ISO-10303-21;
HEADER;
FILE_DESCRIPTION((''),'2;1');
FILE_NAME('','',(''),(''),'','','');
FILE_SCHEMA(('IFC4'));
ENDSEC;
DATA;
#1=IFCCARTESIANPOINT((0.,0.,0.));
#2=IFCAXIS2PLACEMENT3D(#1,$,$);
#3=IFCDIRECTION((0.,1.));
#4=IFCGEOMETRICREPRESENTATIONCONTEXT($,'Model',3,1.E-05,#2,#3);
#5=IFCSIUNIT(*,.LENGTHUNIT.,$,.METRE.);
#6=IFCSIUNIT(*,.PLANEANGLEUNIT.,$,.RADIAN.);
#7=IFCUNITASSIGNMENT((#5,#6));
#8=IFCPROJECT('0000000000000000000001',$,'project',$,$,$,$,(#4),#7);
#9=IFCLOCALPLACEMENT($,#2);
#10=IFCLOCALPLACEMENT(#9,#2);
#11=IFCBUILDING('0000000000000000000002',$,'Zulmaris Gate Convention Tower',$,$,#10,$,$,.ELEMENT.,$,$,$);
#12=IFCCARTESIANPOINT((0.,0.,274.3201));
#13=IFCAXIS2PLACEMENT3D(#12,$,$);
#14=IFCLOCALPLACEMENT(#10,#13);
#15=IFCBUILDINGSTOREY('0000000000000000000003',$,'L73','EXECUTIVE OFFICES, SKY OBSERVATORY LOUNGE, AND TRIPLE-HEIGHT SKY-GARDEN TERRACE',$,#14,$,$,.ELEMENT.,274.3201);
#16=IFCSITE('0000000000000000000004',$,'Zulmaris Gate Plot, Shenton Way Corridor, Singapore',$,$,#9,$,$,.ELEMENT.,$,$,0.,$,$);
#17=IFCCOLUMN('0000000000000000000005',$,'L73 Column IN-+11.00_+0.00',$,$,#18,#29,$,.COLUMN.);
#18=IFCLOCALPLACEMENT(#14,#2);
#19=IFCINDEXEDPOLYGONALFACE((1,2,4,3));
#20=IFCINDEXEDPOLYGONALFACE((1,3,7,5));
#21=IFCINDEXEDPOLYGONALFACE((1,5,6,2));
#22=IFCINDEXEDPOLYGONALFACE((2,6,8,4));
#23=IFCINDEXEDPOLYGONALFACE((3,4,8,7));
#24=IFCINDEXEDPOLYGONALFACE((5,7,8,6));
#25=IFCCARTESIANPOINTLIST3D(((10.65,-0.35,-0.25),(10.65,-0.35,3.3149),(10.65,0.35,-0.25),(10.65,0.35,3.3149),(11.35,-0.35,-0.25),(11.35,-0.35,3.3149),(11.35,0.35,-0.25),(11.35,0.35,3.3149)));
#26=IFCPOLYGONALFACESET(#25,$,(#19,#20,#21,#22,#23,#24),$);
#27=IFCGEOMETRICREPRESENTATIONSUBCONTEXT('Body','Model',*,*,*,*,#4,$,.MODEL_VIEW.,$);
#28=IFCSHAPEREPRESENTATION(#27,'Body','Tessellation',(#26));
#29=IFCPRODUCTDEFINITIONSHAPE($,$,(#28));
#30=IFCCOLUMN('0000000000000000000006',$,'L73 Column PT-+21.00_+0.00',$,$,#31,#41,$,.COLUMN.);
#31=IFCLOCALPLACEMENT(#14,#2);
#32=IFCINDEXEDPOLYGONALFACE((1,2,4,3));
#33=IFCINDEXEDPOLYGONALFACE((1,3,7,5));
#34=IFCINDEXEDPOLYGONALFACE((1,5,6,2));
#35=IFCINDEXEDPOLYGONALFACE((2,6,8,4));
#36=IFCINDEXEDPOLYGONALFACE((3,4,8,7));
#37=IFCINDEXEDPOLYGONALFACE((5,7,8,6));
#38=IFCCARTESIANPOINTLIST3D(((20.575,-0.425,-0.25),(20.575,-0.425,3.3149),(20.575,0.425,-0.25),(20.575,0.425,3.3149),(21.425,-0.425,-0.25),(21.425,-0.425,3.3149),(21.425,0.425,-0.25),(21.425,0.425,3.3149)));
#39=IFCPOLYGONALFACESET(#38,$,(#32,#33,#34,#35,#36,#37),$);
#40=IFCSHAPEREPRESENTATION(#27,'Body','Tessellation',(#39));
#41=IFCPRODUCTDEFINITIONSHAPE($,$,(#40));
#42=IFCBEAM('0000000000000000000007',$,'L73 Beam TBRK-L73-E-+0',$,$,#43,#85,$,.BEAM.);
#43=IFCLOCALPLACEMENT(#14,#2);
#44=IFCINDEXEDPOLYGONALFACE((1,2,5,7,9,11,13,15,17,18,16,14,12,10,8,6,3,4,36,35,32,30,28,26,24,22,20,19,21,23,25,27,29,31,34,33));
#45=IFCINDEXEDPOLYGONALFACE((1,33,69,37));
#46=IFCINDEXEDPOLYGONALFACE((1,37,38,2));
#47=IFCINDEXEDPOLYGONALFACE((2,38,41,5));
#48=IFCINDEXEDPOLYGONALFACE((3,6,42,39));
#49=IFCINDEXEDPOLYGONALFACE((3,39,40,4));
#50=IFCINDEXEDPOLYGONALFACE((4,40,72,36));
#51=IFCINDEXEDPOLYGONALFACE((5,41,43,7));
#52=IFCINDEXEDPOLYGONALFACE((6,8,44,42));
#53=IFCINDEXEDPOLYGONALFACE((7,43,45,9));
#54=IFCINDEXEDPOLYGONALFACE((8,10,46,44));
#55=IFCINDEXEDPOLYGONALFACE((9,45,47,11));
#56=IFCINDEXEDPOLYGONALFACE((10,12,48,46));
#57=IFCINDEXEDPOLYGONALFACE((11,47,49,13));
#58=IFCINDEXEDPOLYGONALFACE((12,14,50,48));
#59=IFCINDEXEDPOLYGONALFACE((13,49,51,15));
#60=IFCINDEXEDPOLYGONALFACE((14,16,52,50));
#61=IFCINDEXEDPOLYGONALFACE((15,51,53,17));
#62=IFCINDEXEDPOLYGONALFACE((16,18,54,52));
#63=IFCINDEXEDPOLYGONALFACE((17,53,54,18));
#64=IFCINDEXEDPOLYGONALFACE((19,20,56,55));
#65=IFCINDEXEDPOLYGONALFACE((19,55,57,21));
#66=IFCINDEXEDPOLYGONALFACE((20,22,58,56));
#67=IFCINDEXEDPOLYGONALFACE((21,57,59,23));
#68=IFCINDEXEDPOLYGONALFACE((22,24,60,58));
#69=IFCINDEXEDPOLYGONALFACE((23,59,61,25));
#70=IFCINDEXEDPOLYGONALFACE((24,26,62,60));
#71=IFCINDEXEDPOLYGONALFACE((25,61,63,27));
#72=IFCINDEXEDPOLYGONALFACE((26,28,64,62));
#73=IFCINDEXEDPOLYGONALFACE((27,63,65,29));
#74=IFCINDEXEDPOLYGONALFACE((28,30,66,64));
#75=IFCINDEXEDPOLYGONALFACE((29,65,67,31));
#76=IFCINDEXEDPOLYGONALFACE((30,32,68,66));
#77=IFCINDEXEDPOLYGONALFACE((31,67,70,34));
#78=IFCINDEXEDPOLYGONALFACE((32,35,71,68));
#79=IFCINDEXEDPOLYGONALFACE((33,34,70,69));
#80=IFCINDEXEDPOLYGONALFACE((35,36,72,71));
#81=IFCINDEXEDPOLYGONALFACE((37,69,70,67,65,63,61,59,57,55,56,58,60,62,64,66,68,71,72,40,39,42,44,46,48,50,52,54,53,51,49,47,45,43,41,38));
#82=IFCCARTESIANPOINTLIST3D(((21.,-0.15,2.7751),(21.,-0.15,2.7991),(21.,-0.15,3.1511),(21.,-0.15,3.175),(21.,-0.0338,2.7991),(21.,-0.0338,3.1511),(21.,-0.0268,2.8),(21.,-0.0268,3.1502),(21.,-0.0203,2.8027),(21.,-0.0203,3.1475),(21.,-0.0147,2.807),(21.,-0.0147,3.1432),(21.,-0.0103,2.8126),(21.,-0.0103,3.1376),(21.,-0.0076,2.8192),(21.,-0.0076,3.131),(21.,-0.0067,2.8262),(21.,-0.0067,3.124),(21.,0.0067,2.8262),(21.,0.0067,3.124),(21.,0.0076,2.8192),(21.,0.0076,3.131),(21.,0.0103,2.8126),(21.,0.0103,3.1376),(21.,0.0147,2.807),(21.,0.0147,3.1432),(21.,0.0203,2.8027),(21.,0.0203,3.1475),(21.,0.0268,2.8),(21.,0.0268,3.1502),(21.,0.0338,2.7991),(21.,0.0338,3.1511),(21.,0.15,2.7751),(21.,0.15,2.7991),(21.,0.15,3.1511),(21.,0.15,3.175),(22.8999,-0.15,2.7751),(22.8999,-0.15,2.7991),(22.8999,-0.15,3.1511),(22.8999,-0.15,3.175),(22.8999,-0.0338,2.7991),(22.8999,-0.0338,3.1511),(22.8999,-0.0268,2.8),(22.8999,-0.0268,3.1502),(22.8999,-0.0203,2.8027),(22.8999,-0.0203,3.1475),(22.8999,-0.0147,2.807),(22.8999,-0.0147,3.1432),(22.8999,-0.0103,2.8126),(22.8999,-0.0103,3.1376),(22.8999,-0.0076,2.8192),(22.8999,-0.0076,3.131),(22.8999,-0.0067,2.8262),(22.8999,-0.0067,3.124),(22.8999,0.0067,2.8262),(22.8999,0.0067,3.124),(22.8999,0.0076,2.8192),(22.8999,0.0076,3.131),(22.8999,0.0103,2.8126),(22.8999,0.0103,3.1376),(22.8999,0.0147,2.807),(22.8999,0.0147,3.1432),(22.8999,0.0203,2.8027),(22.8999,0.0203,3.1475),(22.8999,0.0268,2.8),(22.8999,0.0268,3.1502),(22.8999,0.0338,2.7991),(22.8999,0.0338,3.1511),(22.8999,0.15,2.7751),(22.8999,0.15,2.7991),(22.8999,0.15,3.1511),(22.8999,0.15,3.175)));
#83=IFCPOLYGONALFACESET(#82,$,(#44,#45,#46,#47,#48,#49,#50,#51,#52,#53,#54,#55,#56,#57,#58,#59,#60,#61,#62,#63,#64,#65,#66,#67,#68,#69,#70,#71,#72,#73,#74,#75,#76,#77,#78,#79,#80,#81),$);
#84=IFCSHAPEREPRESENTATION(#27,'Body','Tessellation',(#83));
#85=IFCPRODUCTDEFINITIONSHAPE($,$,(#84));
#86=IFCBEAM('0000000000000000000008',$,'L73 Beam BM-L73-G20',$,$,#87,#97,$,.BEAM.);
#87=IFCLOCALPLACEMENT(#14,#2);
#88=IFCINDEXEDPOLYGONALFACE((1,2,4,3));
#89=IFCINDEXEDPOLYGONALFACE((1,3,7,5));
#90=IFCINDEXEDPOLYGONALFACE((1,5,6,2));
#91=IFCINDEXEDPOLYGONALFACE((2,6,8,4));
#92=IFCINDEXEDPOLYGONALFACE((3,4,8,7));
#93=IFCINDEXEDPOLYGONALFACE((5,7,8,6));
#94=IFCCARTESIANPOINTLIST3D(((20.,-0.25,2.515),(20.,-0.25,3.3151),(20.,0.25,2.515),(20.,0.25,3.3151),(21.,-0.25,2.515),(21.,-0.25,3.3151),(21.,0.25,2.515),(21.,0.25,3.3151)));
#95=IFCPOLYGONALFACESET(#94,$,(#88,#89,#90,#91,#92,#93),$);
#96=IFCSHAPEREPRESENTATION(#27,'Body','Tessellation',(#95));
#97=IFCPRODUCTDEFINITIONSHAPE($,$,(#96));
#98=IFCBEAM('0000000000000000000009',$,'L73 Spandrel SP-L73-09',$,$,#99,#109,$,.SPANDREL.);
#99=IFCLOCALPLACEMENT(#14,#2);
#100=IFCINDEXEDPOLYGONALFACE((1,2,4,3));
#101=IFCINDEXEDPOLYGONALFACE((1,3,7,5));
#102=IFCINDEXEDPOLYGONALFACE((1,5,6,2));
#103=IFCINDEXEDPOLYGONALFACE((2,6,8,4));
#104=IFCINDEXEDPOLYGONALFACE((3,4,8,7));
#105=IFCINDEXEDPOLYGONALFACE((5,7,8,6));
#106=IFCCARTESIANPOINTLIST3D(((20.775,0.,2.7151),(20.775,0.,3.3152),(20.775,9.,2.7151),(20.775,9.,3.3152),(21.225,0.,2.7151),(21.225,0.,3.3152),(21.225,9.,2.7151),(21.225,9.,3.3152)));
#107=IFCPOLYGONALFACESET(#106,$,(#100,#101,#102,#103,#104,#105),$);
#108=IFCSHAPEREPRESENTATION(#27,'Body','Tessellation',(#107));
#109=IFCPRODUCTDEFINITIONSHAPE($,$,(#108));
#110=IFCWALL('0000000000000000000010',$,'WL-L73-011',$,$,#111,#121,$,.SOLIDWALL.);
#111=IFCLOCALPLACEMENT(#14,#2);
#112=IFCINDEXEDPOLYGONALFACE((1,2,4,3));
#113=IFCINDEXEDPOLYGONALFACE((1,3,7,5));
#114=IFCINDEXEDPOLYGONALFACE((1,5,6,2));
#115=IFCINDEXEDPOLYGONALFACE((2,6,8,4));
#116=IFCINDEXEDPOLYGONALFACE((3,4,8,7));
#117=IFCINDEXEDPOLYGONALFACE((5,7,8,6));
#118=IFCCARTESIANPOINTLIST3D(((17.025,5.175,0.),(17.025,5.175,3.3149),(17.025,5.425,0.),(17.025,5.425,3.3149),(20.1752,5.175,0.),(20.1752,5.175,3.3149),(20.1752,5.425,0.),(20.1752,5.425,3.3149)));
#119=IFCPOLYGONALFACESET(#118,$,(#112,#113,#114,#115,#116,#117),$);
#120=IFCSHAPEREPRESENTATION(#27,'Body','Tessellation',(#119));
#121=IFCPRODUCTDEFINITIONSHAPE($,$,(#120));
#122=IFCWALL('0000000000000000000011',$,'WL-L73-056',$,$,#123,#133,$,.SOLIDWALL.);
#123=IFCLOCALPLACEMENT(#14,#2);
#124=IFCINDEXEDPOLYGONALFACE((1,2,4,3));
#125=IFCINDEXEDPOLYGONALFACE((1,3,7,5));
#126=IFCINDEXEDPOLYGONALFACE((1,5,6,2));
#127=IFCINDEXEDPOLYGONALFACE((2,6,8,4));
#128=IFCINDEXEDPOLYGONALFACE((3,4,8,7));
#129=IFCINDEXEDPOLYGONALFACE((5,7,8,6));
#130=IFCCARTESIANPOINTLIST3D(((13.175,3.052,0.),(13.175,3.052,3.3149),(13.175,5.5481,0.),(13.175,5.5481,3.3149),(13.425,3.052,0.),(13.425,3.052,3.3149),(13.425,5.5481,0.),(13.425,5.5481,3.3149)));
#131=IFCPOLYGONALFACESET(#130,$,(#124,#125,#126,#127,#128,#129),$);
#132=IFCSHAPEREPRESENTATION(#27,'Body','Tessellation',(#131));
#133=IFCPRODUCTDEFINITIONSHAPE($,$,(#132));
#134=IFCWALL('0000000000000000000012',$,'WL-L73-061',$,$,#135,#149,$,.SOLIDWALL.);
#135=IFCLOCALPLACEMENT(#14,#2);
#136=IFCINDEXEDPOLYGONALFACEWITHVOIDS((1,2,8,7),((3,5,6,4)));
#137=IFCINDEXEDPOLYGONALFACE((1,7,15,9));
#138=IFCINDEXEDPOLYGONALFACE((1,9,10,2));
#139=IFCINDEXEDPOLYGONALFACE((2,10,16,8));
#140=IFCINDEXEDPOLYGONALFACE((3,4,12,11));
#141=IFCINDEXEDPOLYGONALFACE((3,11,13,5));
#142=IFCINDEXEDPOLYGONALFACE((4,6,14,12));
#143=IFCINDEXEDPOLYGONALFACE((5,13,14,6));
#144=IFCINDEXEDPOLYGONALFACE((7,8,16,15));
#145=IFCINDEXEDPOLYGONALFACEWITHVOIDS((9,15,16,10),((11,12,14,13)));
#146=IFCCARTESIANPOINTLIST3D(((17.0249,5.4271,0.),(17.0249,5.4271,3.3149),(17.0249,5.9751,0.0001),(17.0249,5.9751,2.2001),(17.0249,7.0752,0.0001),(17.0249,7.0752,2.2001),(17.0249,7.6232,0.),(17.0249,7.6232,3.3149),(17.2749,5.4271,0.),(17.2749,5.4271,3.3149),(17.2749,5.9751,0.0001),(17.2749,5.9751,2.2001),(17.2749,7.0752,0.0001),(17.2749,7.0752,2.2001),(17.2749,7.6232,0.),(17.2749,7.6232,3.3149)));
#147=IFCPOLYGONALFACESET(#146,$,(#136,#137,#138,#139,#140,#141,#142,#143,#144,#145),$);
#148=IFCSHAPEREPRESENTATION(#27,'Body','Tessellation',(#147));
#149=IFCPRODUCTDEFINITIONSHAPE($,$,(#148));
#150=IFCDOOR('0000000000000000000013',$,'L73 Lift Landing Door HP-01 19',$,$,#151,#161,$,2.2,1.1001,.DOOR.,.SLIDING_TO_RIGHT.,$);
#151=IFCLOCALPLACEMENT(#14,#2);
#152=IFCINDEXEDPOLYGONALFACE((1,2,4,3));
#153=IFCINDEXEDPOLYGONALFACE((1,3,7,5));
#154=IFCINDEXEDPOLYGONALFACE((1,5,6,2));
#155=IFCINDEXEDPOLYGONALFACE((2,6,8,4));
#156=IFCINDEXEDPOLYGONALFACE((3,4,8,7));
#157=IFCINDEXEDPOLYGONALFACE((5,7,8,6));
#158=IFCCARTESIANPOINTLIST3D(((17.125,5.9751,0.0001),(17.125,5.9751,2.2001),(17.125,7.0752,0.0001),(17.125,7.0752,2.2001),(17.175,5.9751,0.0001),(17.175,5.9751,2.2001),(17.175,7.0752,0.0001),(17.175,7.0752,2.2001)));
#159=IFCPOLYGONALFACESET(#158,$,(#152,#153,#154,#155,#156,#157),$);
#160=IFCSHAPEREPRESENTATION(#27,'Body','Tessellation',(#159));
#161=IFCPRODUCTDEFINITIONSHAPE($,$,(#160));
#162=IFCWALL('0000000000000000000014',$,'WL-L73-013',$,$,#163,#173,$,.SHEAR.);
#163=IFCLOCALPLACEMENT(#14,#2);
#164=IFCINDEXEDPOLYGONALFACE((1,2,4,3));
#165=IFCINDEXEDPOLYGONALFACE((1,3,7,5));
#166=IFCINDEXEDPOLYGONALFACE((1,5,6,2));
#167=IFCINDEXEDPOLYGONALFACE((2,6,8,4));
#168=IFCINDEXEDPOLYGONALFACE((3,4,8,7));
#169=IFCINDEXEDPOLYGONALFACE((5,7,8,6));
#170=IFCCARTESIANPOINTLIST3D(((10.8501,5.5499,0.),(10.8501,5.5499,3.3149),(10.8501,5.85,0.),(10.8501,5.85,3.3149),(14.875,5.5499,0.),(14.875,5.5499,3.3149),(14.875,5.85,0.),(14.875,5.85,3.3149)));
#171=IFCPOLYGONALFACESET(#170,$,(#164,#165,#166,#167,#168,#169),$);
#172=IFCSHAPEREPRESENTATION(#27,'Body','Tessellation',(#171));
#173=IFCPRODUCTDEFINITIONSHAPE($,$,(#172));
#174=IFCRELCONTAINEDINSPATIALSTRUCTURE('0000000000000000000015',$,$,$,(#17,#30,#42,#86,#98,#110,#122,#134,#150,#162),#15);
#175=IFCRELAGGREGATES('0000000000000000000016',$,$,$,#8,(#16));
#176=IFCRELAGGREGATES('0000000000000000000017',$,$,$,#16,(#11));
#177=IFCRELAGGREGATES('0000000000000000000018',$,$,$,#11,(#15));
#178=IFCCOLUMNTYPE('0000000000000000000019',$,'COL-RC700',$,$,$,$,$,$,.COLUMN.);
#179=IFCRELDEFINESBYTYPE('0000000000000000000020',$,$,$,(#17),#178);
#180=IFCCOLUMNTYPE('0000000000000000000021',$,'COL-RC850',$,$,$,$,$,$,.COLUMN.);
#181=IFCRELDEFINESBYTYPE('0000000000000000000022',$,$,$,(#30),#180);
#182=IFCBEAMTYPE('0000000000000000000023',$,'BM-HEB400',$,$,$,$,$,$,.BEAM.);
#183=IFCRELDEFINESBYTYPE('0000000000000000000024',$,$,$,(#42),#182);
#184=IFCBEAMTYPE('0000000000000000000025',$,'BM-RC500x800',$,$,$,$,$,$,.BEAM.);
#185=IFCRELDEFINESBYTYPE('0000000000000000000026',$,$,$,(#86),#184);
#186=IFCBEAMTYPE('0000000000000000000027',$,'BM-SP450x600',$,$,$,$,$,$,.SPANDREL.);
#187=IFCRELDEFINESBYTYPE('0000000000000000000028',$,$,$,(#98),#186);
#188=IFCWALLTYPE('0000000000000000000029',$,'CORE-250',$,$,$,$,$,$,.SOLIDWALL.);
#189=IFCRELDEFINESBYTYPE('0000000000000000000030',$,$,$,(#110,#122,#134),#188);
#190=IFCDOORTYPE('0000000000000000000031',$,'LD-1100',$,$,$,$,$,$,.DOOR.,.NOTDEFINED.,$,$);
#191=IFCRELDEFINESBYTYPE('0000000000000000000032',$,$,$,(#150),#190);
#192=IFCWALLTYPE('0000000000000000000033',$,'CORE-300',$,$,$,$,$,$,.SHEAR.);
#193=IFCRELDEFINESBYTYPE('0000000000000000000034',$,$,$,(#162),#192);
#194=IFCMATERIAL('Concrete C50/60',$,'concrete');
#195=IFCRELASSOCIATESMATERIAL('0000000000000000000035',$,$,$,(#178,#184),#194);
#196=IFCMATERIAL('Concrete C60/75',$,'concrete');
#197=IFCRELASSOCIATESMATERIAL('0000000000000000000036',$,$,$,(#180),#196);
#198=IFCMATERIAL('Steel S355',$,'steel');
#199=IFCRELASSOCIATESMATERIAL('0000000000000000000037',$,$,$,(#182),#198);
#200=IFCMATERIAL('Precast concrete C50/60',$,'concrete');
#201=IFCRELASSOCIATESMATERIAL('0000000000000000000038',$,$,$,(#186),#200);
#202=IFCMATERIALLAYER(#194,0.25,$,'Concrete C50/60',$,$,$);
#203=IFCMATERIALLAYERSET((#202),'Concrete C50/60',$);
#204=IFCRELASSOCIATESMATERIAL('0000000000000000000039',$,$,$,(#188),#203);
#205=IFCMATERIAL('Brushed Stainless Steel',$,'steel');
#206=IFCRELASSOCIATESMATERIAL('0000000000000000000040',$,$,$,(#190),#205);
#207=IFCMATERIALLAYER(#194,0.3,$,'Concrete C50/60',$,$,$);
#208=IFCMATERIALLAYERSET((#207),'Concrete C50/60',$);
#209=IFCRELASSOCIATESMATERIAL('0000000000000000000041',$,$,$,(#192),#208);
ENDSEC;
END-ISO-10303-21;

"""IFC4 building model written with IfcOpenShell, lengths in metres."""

from ifc_helpers import new_model, si_unit, direction, frame, frame_2d, origin, origin_2d, place, context, subcontext, project, spatial, rectangle, i_section, extrude, material, layer, layer_set, material_profile, profile_set, type_object, element, fill, save


model = new_model("IFC4")

# Units and contexts
model_context = context("Model", 3, precision=1e-05, world=origin(), true_north=direction((0.0, 1.0)))
body_context = subcontext(model_context, "Body", "Model", "MODEL_VIEW")
ifc_project = project(units=[si_unit("LENGTHUNIT", "METRE"), si_unit("PLANEANGLEUNIT", "RADIAN")], contexts=[model_context])

# Site, building, storey
site_placement = place(None, origin())
site = spatial("IfcSite", under=ifc_project, at=site_placement, Name="Zulmaris Gate Plot, Shenton Way Corridor, Singapore", CompositionType="ELEMENT", RefElevation=0.0)
building_placement = place(site_placement, origin())
building = spatial("IfcBuilding", under=site, at=building_placement, Name="Zulmaris Gate Convention Tower", CompositionType="ELEMENT")
storey_placement = place(building_placement, frame((0.0, 0.0, 274.3201)))
storey = spatial("IfcBuildingStorey", under=building, at=storey_placement, Name="L73", Description="EXECUTIVE OFFICES, SKY OBSERVATORY LOUNGE, AND TRIPLE-HEIGHT SKY-GARDEN TERRACE", CompositionType="ELEMENT", Elevation=274.3201)

# Columns
ifc_material_1 = material(Name="Concrete C50/60", Category="concrete")
ifc_material_profile_1 = material_profile(ifc_material_1, rectangle(XDim=0.7, YDim=0.7, at=origin_2d()), Name="RC COL 700x700")
ifc_profile_set_1 = profile_set([ifc_material_profile_1], Name="Concrete C50/60")
column_type_1 = type_object("IfcColumnType", Name="COL-RC700", PredefinedType="COLUMN", material=ifc_profile_set_1)
column_1_placement = place(storey_placement, frame((11.0, 0.0, -0.25), z_axis=(0.0, 0.0, 1.0), x_axis=(1.0, 0.0, 0.0)))
element("IfcColumn", 1, at=column_1_placement, inside=storey, type_object=column_type_1, Name="L73 Column IN-+11.00_+0.00", PredefinedType="COLUMN", context=body_context, shape_type="SweptSolid", body=[
    extrude(rectangle(XDim=0.7, YDim=0.7, at=origin_2d()), origin(), (0.0, 0.0, 1.0), 3.5649),
])
ifc_material_2 = material(Name="Concrete C60/75", Category="concrete")
ifc_material_profile_2 = material_profile(ifc_material_2, rectangle(XDim=0.8501, YDim=0.8501, at=origin_2d()), Name="RC COL 850x850")
ifc_profile_set_2 = profile_set([ifc_material_profile_2], Name="Concrete C60/75")
column_type_2 = type_object("IfcColumnType", Name="COL-RC850", PredefinedType="COLUMN", material=ifc_profile_set_2)
column_2_placement = place(storey_placement, frame((21.0, 0.0, -0.25), z_axis=(0.0, 0.0, 1.0), x_axis=(1.0, 0.0, 0.0)))
element("IfcColumn", 2, at=column_2_placement, inside=storey, type_object=column_type_2, Name="L73 Column PT-+21.00_+0.00", PredefinedType="COLUMN", context=body_context, shape_type="SweptSolid", body=[
    extrude(rectangle(XDim=0.8501, YDim=0.8501, at=origin_2d()), origin(), (0.0, 0.0, 1.0), 3.5649),
])

# Beams
ifc_material_3 = material(Name="Steel S355", Category="steel")
ifc_material_profile_3 = material_profile(ifc_material_3, i_section(OverallWidth=0.3, OverallDepth=0.3999, WebThickness=0.0134, FlangeThickness=0.0239, FilletRadius=0.0271, at=origin_2d()), Name="HEB 400")
ifc_profile_set_3 = profile_set([ifc_material_profile_3], Name="Steel S355")
beam_type_1 = type_object("IfcBeamType", Name="BM-HEB400", PredefinedType="BEAM", material=ifc_profile_set_3)
beam_1_placement = place(storey_placement, frame((21.0, 0.0, 2.9751), z_axis=(1.0, 0.0, 0.0), x_axis=(0.0, 1.0, 0.0)))
element("IfcBeam", 3, at=beam_1_placement, inside=storey, type_object=beam_type_1, Name="L73 Beam TBRK-L73-E-+0", PredefinedType="BEAM", context=body_context, shape_type="SweptSolid", body=[
    extrude(i_section(OverallWidth=0.3, OverallDepth=0.3999, WebThickness=0.0134, FlangeThickness=0.0239, FilletRadius=0.0271, at=origin_2d()), origin(), (0.0, 0.0, 1.0), 1.8999),
])
ifc_material_profile_4 = material_profile(ifc_material_1, rectangle(XDim=0.5, YDim=0.8, at=origin_2d()), Name="RC BEAM 500x800")
ifc_profile_set_4 = profile_set([ifc_material_profile_4], Name="Concrete C50/60")
beam_type_2 = type_object("IfcBeamType", Name="BM-RC500x800", PredefinedType="BEAM", material=ifc_profile_set_4)
beam_2_placement = place(storey_placement, frame((20.0, 0.0, 2.915), z_axis=(1.0, 0.0, 0.0), x_axis=(0.0, 1.0, 0.0)))
element("IfcBeam", 4, at=beam_2_placement, inside=storey, type_object=beam_type_2, Name="L73 Beam BM-L73-G20", PredefinedType="BEAM", context=body_context, shape_type="SweptSolid", body=[
    extrude(rectangle(XDim=0.5, YDim=0.8, at=origin_2d()), origin(), (0.0, 0.0, 1.0), 1.0),
])
ifc_material_4 = material(Name="Precast concrete C50/60", Category="concrete")
ifc_material_profile_5 = material_profile(ifc_material_4, rectangle(XDim=0.45, YDim=0.6001, at=origin_2d()), Name="RC SPANDREL 450x600")
ifc_profile_set_5 = profile_set([ifc_material_profile_5], Name="Precast concrete C50/60")
beam_type_3 = type_object("IfcBeamType", Name="BM-SP450x600", PredefinedType="SPANDREL", material=ifc_profile_set_5)
beam_3_placement = place(storey_placement, frame((21.0, 0.0, 3.0151), z_axis=(0.0, 1.0, 0.0), x_axis=(-1.0, 0.0, 0.0)))
element("IfcBeam", 5, at=beam_3_placement, inside=storey, type_object=beam_type_3, Name="L73 Spandrel SP-L73-09", PredefinedType="SPANDREL", context=body_context, shape_type="SweptSolid", body=[
    extrude(rectangle(XDim=0.45, YDim=0.6001, at=origin_2d()), origin(), (0.0, 0.0, 1.0), 9.0),
])

# Walls
ifc_layer_1 = layer(ifc_material_1, 0.25, Name="Concrete C50/60")
ifc_layer_set_1 = layer_set([ifc_layer_1], Name="Concrete C50/60")
wall_type_1 = type_object("IfcWallType", Name="CORE-250", PredefinedType="SOLIDWALL", material=ifc_layer_set_1)
wall_1_placement = place(storey_placement, frame((17.0249, 5.3, 0.0), z_axis=(0.0, 0.0, 1.0), x_axis=(1.0, 0.0, 0.0)))
element("IfcWall", 6, at=wall_1_placement, inside=storey, type_object=wall_type_1, Name="WL-L73-011", PredefinedType="SOLIDWALL", context=body_context, shape_type="SweptSolid", body=[
    extrude(rectangle(XDim=3.1501, YDim=0.25, at=frame_2d((1.5752, 0.0))), origin(), (0.0, 0.0, 1.0), 3.3149),
])
wall_2_placement = place(storey_placement, frame((13.3, 3.052, 0.0), z_axis=(0.0, 0.0, 1.0), x_axis=(0.0, 1.0, 0.0)))
element("IfcWall", 7, at=wall_2_placement, inside=storey, type_object=wall_type_1, Name="WL-L73-056", PredefinedType="SOLIDWALL", context=body_context, shape_type="SweptSolid", body=[
    extrude(rectangle(XDim=2.4961, YDim=0.25, at=frame_2d((1.248, 0.0))), origin(), (0.0, 0.0, 1.0), 3.3149),
])

# Wall, opening, door
wall_3_placement = place(storey_placement, frame((17.1499, 5.427, 0.0), z_axis=(0.0, 0.0, 1.0), x_axis=(0.0, 1.0, 0.0)))
wall_3 = element("IfcWall", 8, at=wall_3_placement, inside=storey, type_object=wall_type_1, Name="WL-L73-061", PredefinedType="SOLIDWALL", context=body_context, shape_type="SweptSolid", body=[
    extrude(rectangle(XDim=2.196, YDim=0.25, at=frame_2d((1.0981, 0.0))), origin(), (0.0, 0.0, 1.0), 3.3149),
])
opening_1_placement = place(wall_3_placement, frame((0.5481, 0.0, 0.0)))
opening_1 = element("IfcOpeningElement", 9, at=opening_1_placement, cuts=wall_3, PredefinedType="OPENING", context=body_context, shape_type="SweptSolid", body=[
    extrude(rectangle(XDim=1.1001, YDim=2.2, at=frame_2d((0.55, 1.1001))), frame((0.0, 0.135, 0.0), z_axis=(0.0, -1.0, 0.0), x_axis=(1.0, 0.0, 0.0)), (0.0, 0.0, 1.0), 0.27),
])
ifc_material_5 = material(Name="Brushed Stainless Steel", Category="steel")
door_type_1 = type_object("IfcDoorType", Name="LD-1100", OperationType="NOTDEFINED", PredefinedType="DOOR", material=ifc_material_5)
door_1_placement = place(opening_1_placement, origin())
door_1 = element("IfcDoor", 10, at=door_1_placement, inside=storey, type_object=door_type_1, Name="L73 Lift Landing Door HP-01 19", OperationType="SLIDING_TO_RIGHT", OverallHeight=2.2, OverallWidth=1.1001, PredefinedType="DOOR", context=body_context, shape_type="SweptSolid", body=[
    extrude(rectangle(XDim=1.1001, YDim=2.2, at=frame_2d((0.55, 1.1001))), frame((0.0, 0.0249, 0.0), z_axis=(0.0, -1.0, 0.0), x_axis=(1.0, 0.0, 0.0)), (0.0, 0.0, 1.0), 0.05),
])
fill(opening_1, door_1)

# Wall
ifc_layer_2 = layer(ifc_material_1, 0.3, Name="Concrete C50/60")
ifc_layer_set_2 = layer_set([ifc_layer_2], Name="Concrete C50/60")
wall_type_2 = type_object("IfcWallType", Name="CORE-300", PredefinedType="SHEAR", material=ifc_layer_set_2)
wall_4_placement = place(storey_placement, frame((10.8501, 5.7, 0.0), z_axis=(0.0, 0.0, 1.0), x_axis=(1.0, 0.0, 0.0)))
element("IfcWall", 11, at=wall_4_placement, inside=storey, type_object=wall_type_2, Name="WL-L73-013", PredefinedType="SHEAR", context=body_context, shape_type="SweptSolid", body=[
    extrude(rectangle(XDim=4.0249, YDim=0.3, at=frame_2d((2.0125, 0.0))), origin(), (0.0, 0.0, 1.0), 3.3149),
])

save(model, "model.ifc")
